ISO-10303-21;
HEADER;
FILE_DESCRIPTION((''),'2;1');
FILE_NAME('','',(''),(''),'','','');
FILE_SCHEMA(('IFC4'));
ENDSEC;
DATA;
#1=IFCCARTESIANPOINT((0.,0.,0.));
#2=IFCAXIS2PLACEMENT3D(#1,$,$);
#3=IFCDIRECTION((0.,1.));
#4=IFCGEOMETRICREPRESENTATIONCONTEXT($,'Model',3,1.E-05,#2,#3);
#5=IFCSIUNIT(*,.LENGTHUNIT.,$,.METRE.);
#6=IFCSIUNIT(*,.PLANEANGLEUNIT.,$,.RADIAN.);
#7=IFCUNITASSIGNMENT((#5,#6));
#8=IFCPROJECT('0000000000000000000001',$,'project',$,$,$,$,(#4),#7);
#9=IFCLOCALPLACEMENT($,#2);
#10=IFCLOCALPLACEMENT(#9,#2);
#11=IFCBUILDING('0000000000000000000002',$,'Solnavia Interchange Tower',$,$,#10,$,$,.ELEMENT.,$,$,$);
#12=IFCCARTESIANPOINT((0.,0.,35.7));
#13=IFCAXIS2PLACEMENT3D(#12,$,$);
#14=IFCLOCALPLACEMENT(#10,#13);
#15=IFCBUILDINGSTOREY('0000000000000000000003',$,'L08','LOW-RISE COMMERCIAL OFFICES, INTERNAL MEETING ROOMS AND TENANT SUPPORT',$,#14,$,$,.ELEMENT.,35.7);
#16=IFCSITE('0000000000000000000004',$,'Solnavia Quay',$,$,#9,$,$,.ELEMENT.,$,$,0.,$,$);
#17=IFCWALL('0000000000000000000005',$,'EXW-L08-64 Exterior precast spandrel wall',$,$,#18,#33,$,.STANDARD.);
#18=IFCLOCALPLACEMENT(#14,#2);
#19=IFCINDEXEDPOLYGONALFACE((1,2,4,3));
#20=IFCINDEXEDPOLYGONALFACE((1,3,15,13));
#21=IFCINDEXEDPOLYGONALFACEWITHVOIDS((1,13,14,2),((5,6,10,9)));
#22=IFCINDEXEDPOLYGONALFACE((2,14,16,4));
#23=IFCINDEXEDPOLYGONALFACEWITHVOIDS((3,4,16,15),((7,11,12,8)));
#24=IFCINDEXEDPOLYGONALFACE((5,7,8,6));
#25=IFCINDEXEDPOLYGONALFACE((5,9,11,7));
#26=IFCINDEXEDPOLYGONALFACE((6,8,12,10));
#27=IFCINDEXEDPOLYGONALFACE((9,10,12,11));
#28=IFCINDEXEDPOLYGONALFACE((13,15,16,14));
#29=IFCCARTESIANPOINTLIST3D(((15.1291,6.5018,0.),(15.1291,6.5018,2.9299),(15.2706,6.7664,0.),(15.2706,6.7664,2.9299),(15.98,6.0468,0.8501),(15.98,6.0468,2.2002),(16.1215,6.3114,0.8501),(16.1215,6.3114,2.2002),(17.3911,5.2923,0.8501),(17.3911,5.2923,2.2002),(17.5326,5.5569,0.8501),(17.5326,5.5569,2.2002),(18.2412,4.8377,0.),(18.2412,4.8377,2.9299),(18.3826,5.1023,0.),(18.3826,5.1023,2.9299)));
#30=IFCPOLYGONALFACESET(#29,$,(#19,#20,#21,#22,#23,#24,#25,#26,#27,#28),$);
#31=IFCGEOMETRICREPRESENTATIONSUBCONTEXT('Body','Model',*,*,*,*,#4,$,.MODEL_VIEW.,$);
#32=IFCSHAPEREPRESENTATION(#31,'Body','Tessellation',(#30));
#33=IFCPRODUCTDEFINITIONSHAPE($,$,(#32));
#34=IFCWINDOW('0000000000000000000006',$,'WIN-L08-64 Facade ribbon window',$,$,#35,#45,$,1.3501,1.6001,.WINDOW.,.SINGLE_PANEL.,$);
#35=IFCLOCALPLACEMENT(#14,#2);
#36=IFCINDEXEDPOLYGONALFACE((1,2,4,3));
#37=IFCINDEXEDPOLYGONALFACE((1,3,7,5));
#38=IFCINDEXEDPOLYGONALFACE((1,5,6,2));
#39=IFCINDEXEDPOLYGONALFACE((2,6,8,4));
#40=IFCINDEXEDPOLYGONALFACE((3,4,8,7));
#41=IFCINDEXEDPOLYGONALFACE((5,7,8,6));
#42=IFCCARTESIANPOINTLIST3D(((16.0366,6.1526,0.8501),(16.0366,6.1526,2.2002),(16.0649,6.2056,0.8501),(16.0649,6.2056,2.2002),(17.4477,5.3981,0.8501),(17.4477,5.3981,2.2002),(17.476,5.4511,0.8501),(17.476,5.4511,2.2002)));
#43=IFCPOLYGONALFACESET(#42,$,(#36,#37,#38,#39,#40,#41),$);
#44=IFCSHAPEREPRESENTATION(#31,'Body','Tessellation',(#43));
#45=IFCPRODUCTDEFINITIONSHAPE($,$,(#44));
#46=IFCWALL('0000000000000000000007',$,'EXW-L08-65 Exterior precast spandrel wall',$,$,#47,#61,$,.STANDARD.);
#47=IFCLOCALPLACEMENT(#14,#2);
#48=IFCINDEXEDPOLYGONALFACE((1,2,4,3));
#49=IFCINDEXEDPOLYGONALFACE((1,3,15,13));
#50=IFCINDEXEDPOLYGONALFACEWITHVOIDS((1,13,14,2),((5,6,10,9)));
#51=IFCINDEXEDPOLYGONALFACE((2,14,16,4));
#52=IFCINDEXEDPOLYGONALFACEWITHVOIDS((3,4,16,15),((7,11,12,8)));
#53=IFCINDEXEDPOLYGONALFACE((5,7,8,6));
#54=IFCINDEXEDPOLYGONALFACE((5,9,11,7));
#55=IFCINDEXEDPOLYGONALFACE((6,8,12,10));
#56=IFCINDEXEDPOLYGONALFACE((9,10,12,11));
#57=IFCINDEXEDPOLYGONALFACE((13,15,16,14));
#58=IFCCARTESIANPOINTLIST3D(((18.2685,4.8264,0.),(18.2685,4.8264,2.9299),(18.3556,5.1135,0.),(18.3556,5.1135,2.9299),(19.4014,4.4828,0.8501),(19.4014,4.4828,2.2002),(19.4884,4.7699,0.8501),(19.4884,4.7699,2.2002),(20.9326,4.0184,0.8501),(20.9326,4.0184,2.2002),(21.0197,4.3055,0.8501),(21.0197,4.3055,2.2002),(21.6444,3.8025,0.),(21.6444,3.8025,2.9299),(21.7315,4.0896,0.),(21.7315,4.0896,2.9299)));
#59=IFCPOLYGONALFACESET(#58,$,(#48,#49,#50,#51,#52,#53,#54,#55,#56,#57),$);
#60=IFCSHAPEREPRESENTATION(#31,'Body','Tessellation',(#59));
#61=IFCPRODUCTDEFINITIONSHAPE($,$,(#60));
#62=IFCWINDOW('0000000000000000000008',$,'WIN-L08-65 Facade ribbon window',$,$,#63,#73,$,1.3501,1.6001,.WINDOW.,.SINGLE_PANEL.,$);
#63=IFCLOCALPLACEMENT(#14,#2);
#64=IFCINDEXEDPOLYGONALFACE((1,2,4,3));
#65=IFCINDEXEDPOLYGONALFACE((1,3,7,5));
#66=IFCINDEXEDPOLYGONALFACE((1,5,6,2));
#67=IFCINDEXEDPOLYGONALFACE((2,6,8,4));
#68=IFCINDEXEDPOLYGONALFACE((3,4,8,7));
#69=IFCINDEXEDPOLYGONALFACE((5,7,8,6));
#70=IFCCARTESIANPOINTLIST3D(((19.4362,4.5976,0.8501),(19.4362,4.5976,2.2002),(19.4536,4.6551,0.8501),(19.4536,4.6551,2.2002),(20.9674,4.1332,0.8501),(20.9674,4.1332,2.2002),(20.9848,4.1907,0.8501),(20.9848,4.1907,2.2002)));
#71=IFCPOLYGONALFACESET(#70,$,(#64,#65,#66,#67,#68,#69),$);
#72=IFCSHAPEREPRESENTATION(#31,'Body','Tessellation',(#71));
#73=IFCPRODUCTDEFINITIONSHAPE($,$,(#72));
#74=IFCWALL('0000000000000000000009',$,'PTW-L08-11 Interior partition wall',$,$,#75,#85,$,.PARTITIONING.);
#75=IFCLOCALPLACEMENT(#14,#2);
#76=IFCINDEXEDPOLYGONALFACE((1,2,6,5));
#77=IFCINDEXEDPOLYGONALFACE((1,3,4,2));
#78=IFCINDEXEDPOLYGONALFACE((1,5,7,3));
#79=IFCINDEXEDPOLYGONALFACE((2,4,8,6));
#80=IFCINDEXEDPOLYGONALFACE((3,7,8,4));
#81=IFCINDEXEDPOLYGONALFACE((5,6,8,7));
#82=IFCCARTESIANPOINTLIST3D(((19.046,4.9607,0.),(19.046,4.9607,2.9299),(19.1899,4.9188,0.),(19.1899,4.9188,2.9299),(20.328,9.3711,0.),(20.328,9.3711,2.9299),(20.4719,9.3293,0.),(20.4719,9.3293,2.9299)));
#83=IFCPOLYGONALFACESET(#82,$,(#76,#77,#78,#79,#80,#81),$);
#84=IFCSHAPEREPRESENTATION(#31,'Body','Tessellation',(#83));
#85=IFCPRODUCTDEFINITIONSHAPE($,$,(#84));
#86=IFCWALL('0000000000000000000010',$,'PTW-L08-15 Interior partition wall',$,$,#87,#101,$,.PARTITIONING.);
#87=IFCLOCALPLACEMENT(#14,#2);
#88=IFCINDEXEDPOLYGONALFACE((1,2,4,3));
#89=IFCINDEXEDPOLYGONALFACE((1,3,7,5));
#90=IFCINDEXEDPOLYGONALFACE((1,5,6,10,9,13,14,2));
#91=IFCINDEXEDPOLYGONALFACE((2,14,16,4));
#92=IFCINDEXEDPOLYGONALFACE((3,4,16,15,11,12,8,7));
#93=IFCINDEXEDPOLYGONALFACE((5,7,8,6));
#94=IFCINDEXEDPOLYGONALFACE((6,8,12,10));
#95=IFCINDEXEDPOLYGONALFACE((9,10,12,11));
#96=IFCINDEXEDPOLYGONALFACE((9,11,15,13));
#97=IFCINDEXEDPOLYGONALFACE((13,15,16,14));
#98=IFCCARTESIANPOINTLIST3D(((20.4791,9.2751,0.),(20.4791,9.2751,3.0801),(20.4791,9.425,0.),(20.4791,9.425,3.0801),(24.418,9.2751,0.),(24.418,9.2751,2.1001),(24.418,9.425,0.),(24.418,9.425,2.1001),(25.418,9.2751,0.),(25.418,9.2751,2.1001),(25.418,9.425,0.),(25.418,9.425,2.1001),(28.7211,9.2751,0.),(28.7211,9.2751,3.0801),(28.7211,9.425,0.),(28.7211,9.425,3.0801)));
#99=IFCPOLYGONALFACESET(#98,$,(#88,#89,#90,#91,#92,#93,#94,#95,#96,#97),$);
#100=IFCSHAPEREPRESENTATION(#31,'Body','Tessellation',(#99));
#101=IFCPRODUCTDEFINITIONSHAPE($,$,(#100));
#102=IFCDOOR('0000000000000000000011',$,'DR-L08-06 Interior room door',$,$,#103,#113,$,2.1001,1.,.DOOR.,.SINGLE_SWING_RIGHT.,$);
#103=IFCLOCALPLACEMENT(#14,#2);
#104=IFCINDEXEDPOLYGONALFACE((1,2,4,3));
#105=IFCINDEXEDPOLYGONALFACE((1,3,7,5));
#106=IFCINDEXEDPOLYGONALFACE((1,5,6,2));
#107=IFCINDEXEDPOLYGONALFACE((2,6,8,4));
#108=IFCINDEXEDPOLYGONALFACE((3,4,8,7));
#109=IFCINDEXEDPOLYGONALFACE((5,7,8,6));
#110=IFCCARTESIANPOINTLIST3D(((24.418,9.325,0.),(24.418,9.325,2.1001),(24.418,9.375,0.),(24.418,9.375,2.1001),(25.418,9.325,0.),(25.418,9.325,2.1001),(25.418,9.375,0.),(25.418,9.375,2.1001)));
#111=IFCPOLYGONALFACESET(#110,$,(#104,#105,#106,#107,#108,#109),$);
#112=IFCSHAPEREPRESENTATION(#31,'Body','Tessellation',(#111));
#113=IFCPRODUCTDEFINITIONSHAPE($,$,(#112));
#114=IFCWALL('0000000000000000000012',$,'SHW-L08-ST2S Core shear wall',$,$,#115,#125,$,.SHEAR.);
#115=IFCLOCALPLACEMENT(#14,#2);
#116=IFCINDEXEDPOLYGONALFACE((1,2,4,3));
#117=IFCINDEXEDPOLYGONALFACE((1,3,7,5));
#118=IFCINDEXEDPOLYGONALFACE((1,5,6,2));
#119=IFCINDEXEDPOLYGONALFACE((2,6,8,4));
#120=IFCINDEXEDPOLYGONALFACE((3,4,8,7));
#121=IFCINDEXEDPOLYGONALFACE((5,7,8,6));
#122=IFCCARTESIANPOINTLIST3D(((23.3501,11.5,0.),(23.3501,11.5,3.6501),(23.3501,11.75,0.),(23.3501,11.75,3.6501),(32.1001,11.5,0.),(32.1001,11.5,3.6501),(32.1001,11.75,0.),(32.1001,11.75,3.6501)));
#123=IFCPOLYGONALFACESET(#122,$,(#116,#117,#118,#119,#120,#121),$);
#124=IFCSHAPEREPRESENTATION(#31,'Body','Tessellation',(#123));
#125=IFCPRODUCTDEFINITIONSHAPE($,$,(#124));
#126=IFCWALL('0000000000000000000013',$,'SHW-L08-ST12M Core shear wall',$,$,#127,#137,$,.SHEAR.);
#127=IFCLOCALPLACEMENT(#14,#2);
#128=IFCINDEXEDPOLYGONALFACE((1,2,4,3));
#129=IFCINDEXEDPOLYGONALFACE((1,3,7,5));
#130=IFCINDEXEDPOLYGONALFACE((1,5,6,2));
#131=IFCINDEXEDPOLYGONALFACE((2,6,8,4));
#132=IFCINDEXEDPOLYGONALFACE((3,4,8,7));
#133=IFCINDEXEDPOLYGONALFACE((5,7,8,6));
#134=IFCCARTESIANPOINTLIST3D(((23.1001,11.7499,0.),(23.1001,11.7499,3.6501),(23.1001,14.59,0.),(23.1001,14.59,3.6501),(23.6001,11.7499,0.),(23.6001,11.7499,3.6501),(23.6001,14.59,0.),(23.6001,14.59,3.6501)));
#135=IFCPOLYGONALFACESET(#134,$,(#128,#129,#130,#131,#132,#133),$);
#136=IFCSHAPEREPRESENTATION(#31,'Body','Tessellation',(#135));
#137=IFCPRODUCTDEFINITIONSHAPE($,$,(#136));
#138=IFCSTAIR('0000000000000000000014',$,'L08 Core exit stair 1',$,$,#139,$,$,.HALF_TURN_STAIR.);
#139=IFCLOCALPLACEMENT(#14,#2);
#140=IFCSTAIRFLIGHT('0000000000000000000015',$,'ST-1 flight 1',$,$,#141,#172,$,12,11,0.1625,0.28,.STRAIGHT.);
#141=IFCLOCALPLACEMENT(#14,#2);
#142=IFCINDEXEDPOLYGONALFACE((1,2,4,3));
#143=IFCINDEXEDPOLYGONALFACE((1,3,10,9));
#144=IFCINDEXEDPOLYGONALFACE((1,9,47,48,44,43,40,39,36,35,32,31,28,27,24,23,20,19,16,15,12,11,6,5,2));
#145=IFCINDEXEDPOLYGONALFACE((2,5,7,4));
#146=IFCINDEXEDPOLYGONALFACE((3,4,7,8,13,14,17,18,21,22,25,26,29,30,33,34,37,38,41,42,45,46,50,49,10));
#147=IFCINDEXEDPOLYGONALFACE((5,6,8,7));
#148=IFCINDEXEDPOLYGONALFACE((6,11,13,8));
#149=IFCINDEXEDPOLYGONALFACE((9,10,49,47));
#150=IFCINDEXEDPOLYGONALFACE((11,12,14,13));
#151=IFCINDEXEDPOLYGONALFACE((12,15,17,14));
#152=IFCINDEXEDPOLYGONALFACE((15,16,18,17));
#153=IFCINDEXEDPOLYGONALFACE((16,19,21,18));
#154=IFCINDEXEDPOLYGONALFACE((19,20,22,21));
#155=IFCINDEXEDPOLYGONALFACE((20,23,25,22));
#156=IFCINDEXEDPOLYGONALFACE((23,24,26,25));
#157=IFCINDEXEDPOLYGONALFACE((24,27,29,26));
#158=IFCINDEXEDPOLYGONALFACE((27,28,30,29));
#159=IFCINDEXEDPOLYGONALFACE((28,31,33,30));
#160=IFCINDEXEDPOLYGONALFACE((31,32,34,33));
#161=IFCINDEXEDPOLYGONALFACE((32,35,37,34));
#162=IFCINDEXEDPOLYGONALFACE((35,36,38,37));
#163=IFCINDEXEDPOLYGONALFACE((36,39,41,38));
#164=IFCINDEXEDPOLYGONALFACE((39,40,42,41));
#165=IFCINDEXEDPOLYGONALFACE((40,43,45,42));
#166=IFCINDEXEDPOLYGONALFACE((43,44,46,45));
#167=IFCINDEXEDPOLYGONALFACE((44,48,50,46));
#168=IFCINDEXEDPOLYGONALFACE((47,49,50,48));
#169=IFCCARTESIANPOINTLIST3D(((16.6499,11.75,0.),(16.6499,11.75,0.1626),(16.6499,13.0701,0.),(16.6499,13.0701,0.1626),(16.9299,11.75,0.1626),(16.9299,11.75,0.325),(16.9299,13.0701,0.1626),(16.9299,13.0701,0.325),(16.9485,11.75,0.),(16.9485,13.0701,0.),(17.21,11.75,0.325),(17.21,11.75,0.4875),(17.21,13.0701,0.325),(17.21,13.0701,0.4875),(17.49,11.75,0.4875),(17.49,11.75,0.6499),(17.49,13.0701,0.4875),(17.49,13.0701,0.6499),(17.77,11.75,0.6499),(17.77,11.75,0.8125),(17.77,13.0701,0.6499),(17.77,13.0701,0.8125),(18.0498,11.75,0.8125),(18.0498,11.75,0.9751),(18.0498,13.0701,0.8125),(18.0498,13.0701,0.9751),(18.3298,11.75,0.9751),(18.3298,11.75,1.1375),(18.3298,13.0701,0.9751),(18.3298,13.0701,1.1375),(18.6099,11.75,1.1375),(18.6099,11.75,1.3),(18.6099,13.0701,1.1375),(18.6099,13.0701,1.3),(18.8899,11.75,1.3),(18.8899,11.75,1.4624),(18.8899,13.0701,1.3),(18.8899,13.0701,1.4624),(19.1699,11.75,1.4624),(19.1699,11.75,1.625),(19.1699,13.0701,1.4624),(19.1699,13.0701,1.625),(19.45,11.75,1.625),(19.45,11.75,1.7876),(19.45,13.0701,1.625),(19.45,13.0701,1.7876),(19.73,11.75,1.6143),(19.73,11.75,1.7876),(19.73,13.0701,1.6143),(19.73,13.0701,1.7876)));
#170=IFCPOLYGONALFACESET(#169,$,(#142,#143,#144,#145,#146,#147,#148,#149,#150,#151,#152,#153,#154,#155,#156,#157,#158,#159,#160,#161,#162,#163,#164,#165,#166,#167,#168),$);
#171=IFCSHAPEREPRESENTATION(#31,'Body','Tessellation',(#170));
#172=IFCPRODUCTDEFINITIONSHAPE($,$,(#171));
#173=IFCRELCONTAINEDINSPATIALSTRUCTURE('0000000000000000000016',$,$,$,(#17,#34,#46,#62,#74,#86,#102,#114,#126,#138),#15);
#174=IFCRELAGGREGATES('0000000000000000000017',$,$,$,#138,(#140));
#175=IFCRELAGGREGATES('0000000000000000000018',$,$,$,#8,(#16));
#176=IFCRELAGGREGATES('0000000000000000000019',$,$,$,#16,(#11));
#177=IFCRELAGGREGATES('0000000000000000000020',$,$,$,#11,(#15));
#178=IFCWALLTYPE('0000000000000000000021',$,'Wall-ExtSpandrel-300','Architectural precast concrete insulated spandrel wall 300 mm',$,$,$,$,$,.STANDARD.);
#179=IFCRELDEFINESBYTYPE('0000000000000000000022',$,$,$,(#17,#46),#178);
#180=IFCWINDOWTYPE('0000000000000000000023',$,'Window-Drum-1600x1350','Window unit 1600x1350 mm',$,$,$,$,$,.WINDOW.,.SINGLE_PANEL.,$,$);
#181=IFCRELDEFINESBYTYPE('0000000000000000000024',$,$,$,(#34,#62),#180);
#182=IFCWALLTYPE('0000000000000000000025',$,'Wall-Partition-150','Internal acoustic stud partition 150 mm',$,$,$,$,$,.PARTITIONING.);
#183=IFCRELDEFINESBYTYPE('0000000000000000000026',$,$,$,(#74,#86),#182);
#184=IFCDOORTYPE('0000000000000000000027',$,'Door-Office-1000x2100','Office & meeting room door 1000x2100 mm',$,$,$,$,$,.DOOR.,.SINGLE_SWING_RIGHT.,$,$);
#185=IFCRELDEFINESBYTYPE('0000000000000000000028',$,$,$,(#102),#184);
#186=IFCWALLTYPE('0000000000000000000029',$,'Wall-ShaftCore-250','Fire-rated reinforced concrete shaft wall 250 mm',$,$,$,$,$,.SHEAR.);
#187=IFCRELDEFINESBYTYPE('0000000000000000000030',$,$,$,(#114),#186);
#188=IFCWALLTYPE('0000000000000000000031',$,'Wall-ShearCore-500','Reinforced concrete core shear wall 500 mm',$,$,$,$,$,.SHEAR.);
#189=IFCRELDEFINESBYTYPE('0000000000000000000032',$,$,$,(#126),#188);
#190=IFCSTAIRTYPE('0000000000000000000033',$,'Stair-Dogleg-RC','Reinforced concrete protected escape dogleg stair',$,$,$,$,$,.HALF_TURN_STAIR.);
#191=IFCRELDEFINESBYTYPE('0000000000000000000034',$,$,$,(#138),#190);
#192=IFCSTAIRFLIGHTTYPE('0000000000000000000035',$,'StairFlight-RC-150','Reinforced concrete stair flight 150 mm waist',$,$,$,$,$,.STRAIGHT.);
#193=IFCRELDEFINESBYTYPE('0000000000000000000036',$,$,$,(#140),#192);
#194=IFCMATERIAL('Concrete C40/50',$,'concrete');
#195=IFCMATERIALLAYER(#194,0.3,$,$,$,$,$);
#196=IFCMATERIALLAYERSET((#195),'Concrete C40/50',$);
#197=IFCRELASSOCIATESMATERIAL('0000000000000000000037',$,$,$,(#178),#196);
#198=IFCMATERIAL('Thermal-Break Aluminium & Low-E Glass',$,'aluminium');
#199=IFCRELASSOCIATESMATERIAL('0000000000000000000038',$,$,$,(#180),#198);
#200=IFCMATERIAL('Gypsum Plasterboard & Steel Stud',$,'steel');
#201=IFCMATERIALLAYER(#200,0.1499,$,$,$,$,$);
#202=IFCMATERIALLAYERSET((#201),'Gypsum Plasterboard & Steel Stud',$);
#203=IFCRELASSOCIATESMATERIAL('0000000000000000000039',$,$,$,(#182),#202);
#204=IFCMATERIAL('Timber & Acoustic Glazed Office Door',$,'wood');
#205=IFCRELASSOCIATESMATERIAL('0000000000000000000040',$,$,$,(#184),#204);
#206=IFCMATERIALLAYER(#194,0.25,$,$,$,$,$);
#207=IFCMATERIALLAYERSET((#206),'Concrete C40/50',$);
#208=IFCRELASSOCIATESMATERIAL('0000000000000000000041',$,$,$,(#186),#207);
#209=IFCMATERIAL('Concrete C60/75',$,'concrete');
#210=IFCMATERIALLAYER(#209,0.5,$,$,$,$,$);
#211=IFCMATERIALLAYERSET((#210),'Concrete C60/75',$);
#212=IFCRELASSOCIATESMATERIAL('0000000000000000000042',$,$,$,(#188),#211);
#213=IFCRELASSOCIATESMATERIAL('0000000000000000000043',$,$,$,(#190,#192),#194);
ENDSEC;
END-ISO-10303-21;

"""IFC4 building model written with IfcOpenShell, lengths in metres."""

from ifc_helpers import new_model, si_unit, direction, frame, frame_2d, origin, place, context, subcontext, project, spatial, polyline, rectangle, outline, extrude, material, layer, layer_set, type_object, element, fill, aggregate, save


model = new_model("IFC4")

# Units and contexts
model_context = context("Model", 3, precision=1e-05, world=origin(), true_north=direction((0.0, 1.0)))
body_context = subcontext(model_context, "Body", "Model", "MODEL_VIEW")
ifc_project = project(units=[si_unit("LENGTHUNIT", "METRE"), si_unit("PLANEANGLEUNIT", "RADIAN")], contexts=[model_context])

# Site, building, storey
site_placement = place(None, origin())
site = spatial("IfcSite", under=ifc_project, at=site_placement, Name="Solnavia Quay", CompositionType="ELEMENT", RefElevation=0.0)
building_placement = place(site_placement, origin())
building = spatial("IfcBuilding", under=site, at=building_placement, Name="Solnavia Interchange Tower", CompositionType="ELEMENT")
storey_placement = place(building_placement, frame((0.0, 0.0, 35.7)))
storey = spatial("IfcBuildingStorey", under=building, at=storey_placement, Name="L08", Description="LOW-RISE COMMERCIAL OFFICES, INTERNAL MEETING ROOMS AND TENANT SUPPORT", CompositionType="ELEMENT", Elevation=35.7)

# Shared definitions
ifc_material_1 = material(Name="Concrete C60/75", Category="concrete")

# Walls, openings, windows
ifc_material_2 = material(Name="Concrete C40/50", Category="concrete")
ifc_layer_1 = layer(ifc_material_2, 0.3)
ifc_layer_set_1 = layer_set([ifc_layer_1], Name="Concrete C40/50")
wall_type_1 = type_object("IfcWallType", Name="Wall-ExtSpandrel-300", Description="Architectural precast concrete insulated spandrel wall 300 mm", PredefinedType="STANDARD", material=ifc_layer_set_1)
wall_1_placement = place(storey_placement, frame((18.312, 4.97, 0.0), z_axis=(0.0, 0.0, 1.0), x_axis=(-0.881847, 0.471536, 0.0)))
wall_1 = element("IfcWall", 1, at=wall_1_placement, inside=storey, type_object=wall_type_1, Name="EXW-L08-64 Exterior precast spandrel wall", PredefinedType="STANDARD", context=body_context, shape_type="SweptSolid", body=[
    extrude(rectangle(XDim=3.5291, YDim=0.3, at=frame_2d((1.7646, 0.0))), origin(), (0.0, 0.0, 1.0), 2.9299),
])
opening_1_placement = place(wall_1_placement, frame((0.9641, 0.0, 0.8501)))
opening_1 = element("IfcOpeningElement", 2, at=opening_1_placement, cuts=wall_1, PredefinedType="OPENING", context=body_context, shape_type="SweptSolid", body=[
    extrude(rectangle(XDim=1.6001, YDim=1.3501, at=frame_2d((0.8, 0.675))), frame((0.0, 0.1602, 0.0), z_axis=(0.0, -1.0, 0.0), x_axis=(1.0, 0.0, 0.0)), (0.0, 0.0, 1.0), 0.3201),
])
ifc_material_3 = material(Name="Thermal-Break Aluminium & Low-E Glass", Category="aluminium")
window_type = type_object("IfcWindowType", Name="Window-Drum-1600x1350", Description="Window unit 1600x1350 mm", PartitioningType="SINGLE_PANEL", PredefinedType="WINDOW", material=ifc_material_3)
window_1_placement = place(opening_1_placement, origin())
window_1 = element("IfcWindow", 3, at=window_1_placement, inside=storey, type_object=window_type, Name="WIN-L08-64 Facade ribbon window", OverallHeight=1.3501, OverallWidth=1.6001, PartitioningType="SINGLE_PANEL", PredefinedType="WINDOW", context=body_context, shape_type="SweptSolid", body=[
    extrude(rectangle(XDim=1.6001, YDim=1.3501, at=frame_2d((0.8, 0.675))), frame((0.0, 0.03, 0.0), z_axis=(0.0, -1.0, 0.0), x_axis=(1.0, 0.0, 0.0)), (0.0, 0.0, 1.0), 0.0601),
])
fill(opening_1, window_1)
wall_2_placement = place(storey_placement, frame((21.688, 3.946, 0.0), z_axis=(0.0, 0.0, 1.0), x_axis=(-0.956953, 0.290242, 0.0)))
wall_2 = element("IfcWall", 4, at=wall_2_placement, inside=storey, type_object=wall_type_1, Name="EXW-L08-65 Exterior precast spandrel wall", PredefinedType="STANDARD", context=body_context, shape_type="SweptSolid", body=[
    extrude(rectangle(XDim=3.5278, YDim=0.3, at=frame_2d((1.7639, 0.0))), origin(), (0.0, 0.0, 1.0), 2.9299),
])
opening_2_placement = place(wall_2_placement, frame((0.7439, 0.0, 0.8501)))
opening_2 = element("IfcOpeningElement", 5, at=opening_2_placement, cuts=wall_2, PredefinedType="OPENING", context=body_context, shape_type="SweptSolid", body=[
    extrude(rectangle(XDim=1.6001, YDim=1.3501, at=frame_2d((0.8, 0.675))), frame((0.0, 0.1602, 0.0), z_axis=(0.0, -1.0, 0.0), x_axis=(1.0, 0.0, 0.0)), (0.0, 0.0, 1.0), 0.3201),
])
window_2_placement = place(opening_2_placement, origin())
window_2 = element("IfcWindow", 6, at=window_2_placement, inside=storey, type_object=window_type, Name="WIN-L08-65 Facade ribbon window", OverallHeight=1.3501, OverallWidth=1.6001, PartitioningType="SINGLE_PANEL", PredefinedType="WINDOW", context=body_context, shape_type="SweptSolid", body=[
    extrude(rectangle(XDim=1.6001, YDim=1.3501, at=frame_2d((0.8, 0.675))), frame((0.0, 0.03, 0.0), z_axis=(0.0, -1.0, 0.0), x_axis=(1.0, 0.0, 0.0)), (0.0, 0.0, 1.0), 0.0601),
])
fill(opening_2, window_2)

# Wall
ifc_material_4 = material(Name="Gypsum Plasterboard & Steel Stud", Category="steel")
ifc_layer_2 = layer(ifc_material_4, 0.1499)
ifc_layer_set_2 = layer_set([ifc_layer_2], Name="Gypsum Plasterboard & Steel Stud")
wall_type_2 = type_object("IfcWallType", Name="Wall-Partition-150", Description="Internal acoustic stud partition 150 mm", PredefinedType="PARTITIONING", material=ifc_layer_set_2)
wall_3_placement = place(storey_placement, frame((20.3999, 9.3501, 0.0), z_axis=(0.0, 0.0, 1.0), x_axis=(-0.27912, -0.960256, 0.0)))
element("IfcWall", 7, at=wall_3_placement, inside=storey, type_object=wall_type_2, Name="PTW-L08-11 Interior partition wall", PredefinedType="PARTITIONING", context=body_context, shape_type="SweptSolid", body=[
    extrude(rectangle(XDim=4.593, YDim=0.1499, at=frame_2d((2.2964, 0.0))), origin(), (0.0, 0.0, 1.0), 2.9299),
])

# Wall, opening, door
wall_4_placement = place(storey_placement, frame((20.479, 9.3501, 0.0), z_axis=(0.0, 0.0, 1.0), x_axis=(1.0, 0.0, 0.0)))
wall_4 = element("IfcWall", 8, at=wall_4_placement, inside=storey, type_object=wall_type_2, Name="PTW-L08-15 Interior partition wall", PredefinedType="PARTITIONING", context=body_context, shape_type="SweptSolid", body=[
    extrude(rectangle(XDim=8.2419, YDim=0.1499, at=frame_2d((4.1211, 0.0))), origin(), (0.0, 0.0, 1.0), 3.0801),
])
opening_3_placement = place(wall_4_placement, frame((3.939, 0.0, 0.0)))
opening_3 = element("IfcOpeningElement", 9, at=opening_3_placement, cuts=wall_4, PredefinedType="OPENING", context=body_context, shape_type="SweptSolid", body=[
    extrude(rectangle(XDim=1.0, YDim=2.1001, at=frame_2d((0.5, 1.05))), frame((0.0, 0.085, 0.0), z_axis=(0.0, -1.0, 0.0), x_axis=(1.0, 0.0, 0.0)), (0.0, 0.0, 1.0), 0.1699),
])
ifc_material_5 = material(Name="Timber & Acoustic Glazed Office Door", Category="wood")
door_type = type_object("IfcDoorType", Name="Door-Office-1000x2100", Description="Office & meeting room door 1000x2100 mm", OperationType="SINGLE_SWING_RIGHT", PredefinedType="DOOR", material=ifc_material_5)
door_placement = place(opening_3_placement, origin())
door = element("IfcDoor", 10, at=door_placement, inside=storey, type_object=door_type, Name="DR-L08-06 Interior room door", OperationType="SINGLE_SWING_RIGHT", OverallHeight=2.1001, OverallWidth=1.0, PredefinedType="DOOR", context=body_context, shape_type="SweptSolid", body=[
    extrude(rectangle(XDim=1.0, YDim=2.1001, at=frame_2d((0.5, 1.05))), frame((0.0, 0.0249, 0.0), z_axis=(0.0, -1.0, 0.0), x_axis=(1.0, 0.0, 0.0)), (0.0, 0.0, 1.0), 0.05),
])
fill(opening_3, door)

# Walls
ifc_layer_3 = layer(ifc_material_2, 0.25)
ifc_layer_set_3 = layer_set([ifc_layer_3], Name="Concrete C40/50")
wall_type_3 = type_object("IfcWallType", Name="Wall-ShaftCore-250", Description="Fire-rated reinforced concrete shaft wall 250 mm", PredefinedType="SHEAR", material=ifc_layer_set_3)
wall_5_placement = place(storey_placement, frame((23.3501, 11.625, 0.0), z_axis=(0.0, 0.0, 1.0), x_axis=(1.0, 0.0, 0.0)))
element("IfcWall", 11, at=wall_5_placement, inside=storey, type_object=wall_type_3, Name="SHW-L08-ST2S Core shear wall", PredefinedType="SHEAR", context=body_context, shape_type="SweptSolid", body=[
    extrude(rectangle(XDim=8.75, YDim=0.25, at=frame_2d((4.375, 0.0))), origin(), (0.0, 0.0, 1.0), 3.6501),
])
ifc_layer_4 = layer(ifc_material_1, 0.5)
ifc_layer_set_4 = layer_set([ifc_layer_4], Name="Concrete C60/75")
wall_type_4 = type_object("IfcWallType", Name="Wall-ShearCore-500", Description="Reinforced concrete core shear wall 500 mm", PredefinedType="SHEAR", material=ifc_layer_set_4)
wall_6_placement = place(storey_placement, frame((23.3501, 11.75, 0.0), z_axis=(0.0, 0.0, 1.0), x_axis=(0.0, 1.0, 0.0)))
element("IfcWall", 12, at=wall_6_placement, inside=storey, type_object=wall_type_4, Name="SHW-L08-ST12M Core shear wall", PredefinedType="SHEAR", context=body_context, shape_type="SweptSolid", body=[
    extrude(rectangle(XDim=2.8401, YDim=0.5, at=frame_2d((1.4199, 0.0))), origin(), (0.0, 0.0, 1.0), 3.6501),
])

# Stair, stair flight
stair_type = type_object("IfcStairType", Name="Stair-Dogleg-RC", Description="Reinforced concrete protected escape dogleg stair", PredefinedType="HALF_TURN_STAIR", material=ifc_material_2)
stair_placement = place(storey_placement, origin())
stair = element("IfcStair", 13, at=stair_placement, inside=storey, type_object=stair_type, Name="L08 Core exit stair 1", PredefinedType="HALF_TURN_STAIR")
stair_flight_type = type_object("IfcStairFlightType", Name="StairFlight-RC-150", Description="Reinforced concrete stair flight 150 mm waist", PredefinedType="STRAIGHT", material=ifc_material_2)
stair_flight_placement = place(storey_placement, frame((16.6499, 12.4099, 0.0), z_axis=(0.0, 0.0, 1.0), x_axis=(1.0, 0.0, 0.0)))
stair_flight = element("IfcStairFlight", 14, at=stair_flight_placement, type_object=stair_flight_type, Name="ST-1 flight 1", NumberOfRisers=12, NumberOfTreads=11, PredefinedType="STRAIGHT", RiserHeight=0.1625, TreadLength=0.28, context=body_context, shape_type="SweptSolid", body=[
    extrude(outline(polyline([(0.0, 0.0), (0.0, 0.1626), (0.28, 0.1626), (0.28, 0.325), (0.5601, 0.325), (0.5601, 0.4875), (0.8401, 0.4875), (0.8401, 0.6499), (1.1201, 0.6499), (1.1201, 0.8125), (1.3999, 0.8125), (1.3999, 0.9751), (1.6799, 0.9751), (1.6799, 1.1375), (1.96, 1.1375), (1.96, 1.3), (2.24, 1.3), (2.24, 1.4624), (2.52, 1.4624), (2.52, 1.625), (2.8, 1.625), (2.8, 1.7876), (3.0801, 1.7876), (3.0801, 1.95), (3.0801, 1.6143), (0.2986, 0.0), (0.0, 0.0)])), frame((0.0, 0.6602, 0.0), z_axis=(0.0, -1.0, 0.0), x_axis=(1.0, 0.0, 0.0)), (0.0, 0.0, 1.0), 1.3201),
])
aggregate(stair, [stair_flight])

save(model, "model.ifc")
